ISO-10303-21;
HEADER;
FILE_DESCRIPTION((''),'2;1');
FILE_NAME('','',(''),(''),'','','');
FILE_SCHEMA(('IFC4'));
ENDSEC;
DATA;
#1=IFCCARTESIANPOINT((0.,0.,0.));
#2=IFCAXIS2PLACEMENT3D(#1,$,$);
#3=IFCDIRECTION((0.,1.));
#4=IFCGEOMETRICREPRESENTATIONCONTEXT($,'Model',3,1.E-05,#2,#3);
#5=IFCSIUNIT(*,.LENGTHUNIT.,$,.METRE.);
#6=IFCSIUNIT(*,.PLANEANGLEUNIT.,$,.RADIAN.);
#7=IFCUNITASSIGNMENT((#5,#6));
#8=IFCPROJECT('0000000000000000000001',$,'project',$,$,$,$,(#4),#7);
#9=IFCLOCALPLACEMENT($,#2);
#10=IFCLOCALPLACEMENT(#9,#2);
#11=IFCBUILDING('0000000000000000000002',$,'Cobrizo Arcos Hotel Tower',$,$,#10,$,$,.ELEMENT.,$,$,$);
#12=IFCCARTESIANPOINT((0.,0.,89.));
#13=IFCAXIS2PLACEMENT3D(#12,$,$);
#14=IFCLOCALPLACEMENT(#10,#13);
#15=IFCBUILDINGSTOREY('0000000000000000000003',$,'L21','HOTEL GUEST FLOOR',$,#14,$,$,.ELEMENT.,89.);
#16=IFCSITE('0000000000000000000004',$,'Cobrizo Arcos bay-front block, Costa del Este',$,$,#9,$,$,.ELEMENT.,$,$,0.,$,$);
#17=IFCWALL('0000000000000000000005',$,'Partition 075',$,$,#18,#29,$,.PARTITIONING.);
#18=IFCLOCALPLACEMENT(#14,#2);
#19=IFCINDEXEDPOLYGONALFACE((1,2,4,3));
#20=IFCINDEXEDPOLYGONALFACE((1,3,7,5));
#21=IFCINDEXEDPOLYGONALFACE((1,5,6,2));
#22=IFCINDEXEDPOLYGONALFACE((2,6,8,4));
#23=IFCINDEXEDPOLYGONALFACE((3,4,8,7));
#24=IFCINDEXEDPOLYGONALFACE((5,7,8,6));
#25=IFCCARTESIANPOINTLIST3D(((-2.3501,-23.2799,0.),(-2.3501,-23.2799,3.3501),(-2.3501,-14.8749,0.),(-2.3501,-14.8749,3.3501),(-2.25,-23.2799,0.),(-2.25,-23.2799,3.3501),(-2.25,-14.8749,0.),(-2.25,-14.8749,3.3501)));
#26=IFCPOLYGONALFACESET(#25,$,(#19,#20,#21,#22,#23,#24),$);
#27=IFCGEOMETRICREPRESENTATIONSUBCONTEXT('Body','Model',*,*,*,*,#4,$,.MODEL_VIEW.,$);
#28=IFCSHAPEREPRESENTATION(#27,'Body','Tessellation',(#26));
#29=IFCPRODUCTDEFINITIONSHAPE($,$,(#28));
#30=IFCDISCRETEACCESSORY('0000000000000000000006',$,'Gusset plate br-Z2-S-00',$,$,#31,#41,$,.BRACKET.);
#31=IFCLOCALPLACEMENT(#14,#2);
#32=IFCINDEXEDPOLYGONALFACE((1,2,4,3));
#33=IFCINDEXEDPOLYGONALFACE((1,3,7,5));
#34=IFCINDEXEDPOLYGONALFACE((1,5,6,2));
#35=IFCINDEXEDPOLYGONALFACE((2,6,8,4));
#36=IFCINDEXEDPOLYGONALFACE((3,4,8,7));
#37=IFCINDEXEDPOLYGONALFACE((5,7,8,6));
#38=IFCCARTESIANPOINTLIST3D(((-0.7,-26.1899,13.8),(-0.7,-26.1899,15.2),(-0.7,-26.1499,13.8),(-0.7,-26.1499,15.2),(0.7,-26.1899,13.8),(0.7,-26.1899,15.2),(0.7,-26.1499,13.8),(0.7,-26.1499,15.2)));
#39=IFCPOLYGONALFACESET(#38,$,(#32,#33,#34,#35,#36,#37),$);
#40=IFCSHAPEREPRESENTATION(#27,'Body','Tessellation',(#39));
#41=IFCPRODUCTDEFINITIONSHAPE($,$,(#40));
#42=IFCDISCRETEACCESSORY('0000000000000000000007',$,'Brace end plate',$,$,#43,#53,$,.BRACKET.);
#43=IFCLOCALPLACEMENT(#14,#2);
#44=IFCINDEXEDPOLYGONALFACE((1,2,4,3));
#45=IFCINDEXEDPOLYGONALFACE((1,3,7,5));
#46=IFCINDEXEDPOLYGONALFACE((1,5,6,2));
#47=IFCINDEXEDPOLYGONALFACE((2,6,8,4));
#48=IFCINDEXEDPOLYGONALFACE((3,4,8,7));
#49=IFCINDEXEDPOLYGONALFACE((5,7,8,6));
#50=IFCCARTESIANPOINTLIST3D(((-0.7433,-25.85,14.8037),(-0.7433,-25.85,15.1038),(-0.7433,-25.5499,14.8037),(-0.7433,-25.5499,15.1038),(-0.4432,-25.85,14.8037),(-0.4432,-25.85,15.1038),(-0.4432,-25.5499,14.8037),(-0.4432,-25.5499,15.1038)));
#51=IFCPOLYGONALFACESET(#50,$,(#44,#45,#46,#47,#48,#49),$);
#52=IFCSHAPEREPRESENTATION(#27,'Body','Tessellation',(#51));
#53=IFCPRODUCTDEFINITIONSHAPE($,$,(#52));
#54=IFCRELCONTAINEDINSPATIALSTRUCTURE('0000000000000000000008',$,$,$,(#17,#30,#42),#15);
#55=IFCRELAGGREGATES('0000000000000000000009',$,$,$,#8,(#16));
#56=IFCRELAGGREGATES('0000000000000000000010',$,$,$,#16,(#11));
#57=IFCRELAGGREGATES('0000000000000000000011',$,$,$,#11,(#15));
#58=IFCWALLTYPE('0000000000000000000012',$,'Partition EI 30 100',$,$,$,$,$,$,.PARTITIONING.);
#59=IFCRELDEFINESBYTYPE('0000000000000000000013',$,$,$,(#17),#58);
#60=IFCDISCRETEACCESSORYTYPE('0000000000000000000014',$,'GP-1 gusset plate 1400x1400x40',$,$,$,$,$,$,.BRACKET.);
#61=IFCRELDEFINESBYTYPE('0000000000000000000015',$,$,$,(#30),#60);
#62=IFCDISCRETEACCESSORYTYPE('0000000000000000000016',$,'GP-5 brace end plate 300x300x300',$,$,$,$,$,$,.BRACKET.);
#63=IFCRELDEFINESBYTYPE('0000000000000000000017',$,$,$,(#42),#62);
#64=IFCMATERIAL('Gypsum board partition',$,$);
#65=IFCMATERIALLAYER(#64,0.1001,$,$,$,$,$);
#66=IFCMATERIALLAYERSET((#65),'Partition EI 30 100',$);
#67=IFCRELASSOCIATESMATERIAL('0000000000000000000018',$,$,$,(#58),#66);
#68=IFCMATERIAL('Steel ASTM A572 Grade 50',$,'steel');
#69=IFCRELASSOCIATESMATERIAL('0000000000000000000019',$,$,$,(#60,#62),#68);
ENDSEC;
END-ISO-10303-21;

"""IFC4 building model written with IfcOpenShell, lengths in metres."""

from ifc_helpers import new_model, si_unit, direction, frame, frame_2d, origin, origin_2d, place, context, subcontext, project, spatial, rectangle, extrude, material, layer, layer_set, type_object, element, save


model = new_model("IFC4")

# Units and contexts
model_context = context("Model", 3, precision=1e-05, world=origin(), true_north=direction((0.0, 1.0)))
body_context = subcontext(model_context, "Body", "Model", "MODEL_VIEW")
ifc_project = project(units=[si_unit("LENGTHUNIT", "METRE"), si_unit("PLANEANGLEUNIT", "RADIAN")], contexts=[model_context])

# Site, building, storey
site_placement = place(None, origin())
site = spatial("IfcSite", under=ifc_project, at=site_placement, Name="Cobrizo Arcos bay-front block, Costa del Este", CompositionType="ELEMENT", RefElevation=0.0)
building_placement = place(site_placement, origin())
building = spatial("IfcBuilding", under=site, at=building_placement, Name="Cobrizo Arcos Hotel Tower", CompositionType="ELEMENT")
storey_placement = place(building_placement, frame((0.0, 0.0, 89.0)))
storey = spatial("IfcBuildingStorey", under=building, at=storey_placement, Name="L21", Description="HOTEL GUEST FLOOR", CompositionType="ELEMENT", Elevation=89.0)

# Shared definitions
ifc_material_1 = material(Name="Steel ASTM A572 Grade 50", Category="steel")

# Wall
ifc_material_2 = material(Name="Gypsum board partition")
ifc_layer_1 = layer(ifc_material_2, 0.1001)
ifc_layer_set_1 = layer_set([ifc_layer_1], Name="Partition EI 30 100")
wall_type = type_object("IfcWallType", Name="Partition EI 30 100", PredefinedType="PARTITIONING", material=ifc_layer_set_1)
wall_1_placement = place(storey_placement, frame((-2.3, -23.28, 0.0), z_axis=(0.0, 0.0, 1.0), x_axis=(0.0, 1.0, 0.0)))
element("IfcWall", 1, at=wall_1_placement, inside=storey, type_object=wall_type, Name="Partition 075", PredefinedType="PARTITIONING", context=body_context, shape_type="SweptSolid", body=[
    extrude(rectangle(XDim=8.405, YDim=0.1001, at=frame_2d((4.2026, 0.0))), origin(), (0.0, 0.0, 1.0), 3.3501),
])

# Discrete accessories
discrete_accessory_type_1 = type_object("IfcDiscreteAccessoryType", Name="GP-1 gusset plate 1400x1400x40", PredefinedType="BRACKET", material=ifc_material_1)
discrete_accessory_1_placement = place(storey_placement, frame((0.0, -26.1699, 13.8), z_axis=(0.0, 0.0, 1.0), x_axis=(1.0, 0.0, 0.0)))
element("IfcDiscreteAccessory", 2, at=discrete_accessory_1_placement, inside=storey, type_object=discrete_accessory_type_1, Name="Gusset plate br-Z2-S-00", PredefinedType="BRACKET", context=body_context, shape_type="SweptSolid", body=[
    extrude(rectangle(XDim=1.3999, YDim=0.04, at=origin_2d()), origin(), (0.0, 0.0, 1.0), 1.3999),
])
discrete_accessory_type_2 = type_object("IfcDiscreteAccessoryType", Name="GP-5 brace end plate 300x300x300", PredefinedType="BRACKET", material=ifc_material_1)
discrete_accessory_2_placement = place(storey_placement, frame((-0.5933, -25.7, 14.8037), z_axis=(0.0, 0.0, 1.0), x_axis=(1.0, 0.0, 0.0)))
element("IfcDiscreteAccessory", 3, at=discrete_accessory_2_placement, inside=storey, type_object=discrete_accessory_type_2, Name="Brace end plate", PredefinedType="BRACKET", context=body_context, shape_type="SweptSolid", body=[
    extrude(rectangle(XDim=0.3, YDim=0.3, at=origin_2d()), origin(), (0.0, 0.0, 1.0), 0.3),
])

save(model, "model.ifc")
